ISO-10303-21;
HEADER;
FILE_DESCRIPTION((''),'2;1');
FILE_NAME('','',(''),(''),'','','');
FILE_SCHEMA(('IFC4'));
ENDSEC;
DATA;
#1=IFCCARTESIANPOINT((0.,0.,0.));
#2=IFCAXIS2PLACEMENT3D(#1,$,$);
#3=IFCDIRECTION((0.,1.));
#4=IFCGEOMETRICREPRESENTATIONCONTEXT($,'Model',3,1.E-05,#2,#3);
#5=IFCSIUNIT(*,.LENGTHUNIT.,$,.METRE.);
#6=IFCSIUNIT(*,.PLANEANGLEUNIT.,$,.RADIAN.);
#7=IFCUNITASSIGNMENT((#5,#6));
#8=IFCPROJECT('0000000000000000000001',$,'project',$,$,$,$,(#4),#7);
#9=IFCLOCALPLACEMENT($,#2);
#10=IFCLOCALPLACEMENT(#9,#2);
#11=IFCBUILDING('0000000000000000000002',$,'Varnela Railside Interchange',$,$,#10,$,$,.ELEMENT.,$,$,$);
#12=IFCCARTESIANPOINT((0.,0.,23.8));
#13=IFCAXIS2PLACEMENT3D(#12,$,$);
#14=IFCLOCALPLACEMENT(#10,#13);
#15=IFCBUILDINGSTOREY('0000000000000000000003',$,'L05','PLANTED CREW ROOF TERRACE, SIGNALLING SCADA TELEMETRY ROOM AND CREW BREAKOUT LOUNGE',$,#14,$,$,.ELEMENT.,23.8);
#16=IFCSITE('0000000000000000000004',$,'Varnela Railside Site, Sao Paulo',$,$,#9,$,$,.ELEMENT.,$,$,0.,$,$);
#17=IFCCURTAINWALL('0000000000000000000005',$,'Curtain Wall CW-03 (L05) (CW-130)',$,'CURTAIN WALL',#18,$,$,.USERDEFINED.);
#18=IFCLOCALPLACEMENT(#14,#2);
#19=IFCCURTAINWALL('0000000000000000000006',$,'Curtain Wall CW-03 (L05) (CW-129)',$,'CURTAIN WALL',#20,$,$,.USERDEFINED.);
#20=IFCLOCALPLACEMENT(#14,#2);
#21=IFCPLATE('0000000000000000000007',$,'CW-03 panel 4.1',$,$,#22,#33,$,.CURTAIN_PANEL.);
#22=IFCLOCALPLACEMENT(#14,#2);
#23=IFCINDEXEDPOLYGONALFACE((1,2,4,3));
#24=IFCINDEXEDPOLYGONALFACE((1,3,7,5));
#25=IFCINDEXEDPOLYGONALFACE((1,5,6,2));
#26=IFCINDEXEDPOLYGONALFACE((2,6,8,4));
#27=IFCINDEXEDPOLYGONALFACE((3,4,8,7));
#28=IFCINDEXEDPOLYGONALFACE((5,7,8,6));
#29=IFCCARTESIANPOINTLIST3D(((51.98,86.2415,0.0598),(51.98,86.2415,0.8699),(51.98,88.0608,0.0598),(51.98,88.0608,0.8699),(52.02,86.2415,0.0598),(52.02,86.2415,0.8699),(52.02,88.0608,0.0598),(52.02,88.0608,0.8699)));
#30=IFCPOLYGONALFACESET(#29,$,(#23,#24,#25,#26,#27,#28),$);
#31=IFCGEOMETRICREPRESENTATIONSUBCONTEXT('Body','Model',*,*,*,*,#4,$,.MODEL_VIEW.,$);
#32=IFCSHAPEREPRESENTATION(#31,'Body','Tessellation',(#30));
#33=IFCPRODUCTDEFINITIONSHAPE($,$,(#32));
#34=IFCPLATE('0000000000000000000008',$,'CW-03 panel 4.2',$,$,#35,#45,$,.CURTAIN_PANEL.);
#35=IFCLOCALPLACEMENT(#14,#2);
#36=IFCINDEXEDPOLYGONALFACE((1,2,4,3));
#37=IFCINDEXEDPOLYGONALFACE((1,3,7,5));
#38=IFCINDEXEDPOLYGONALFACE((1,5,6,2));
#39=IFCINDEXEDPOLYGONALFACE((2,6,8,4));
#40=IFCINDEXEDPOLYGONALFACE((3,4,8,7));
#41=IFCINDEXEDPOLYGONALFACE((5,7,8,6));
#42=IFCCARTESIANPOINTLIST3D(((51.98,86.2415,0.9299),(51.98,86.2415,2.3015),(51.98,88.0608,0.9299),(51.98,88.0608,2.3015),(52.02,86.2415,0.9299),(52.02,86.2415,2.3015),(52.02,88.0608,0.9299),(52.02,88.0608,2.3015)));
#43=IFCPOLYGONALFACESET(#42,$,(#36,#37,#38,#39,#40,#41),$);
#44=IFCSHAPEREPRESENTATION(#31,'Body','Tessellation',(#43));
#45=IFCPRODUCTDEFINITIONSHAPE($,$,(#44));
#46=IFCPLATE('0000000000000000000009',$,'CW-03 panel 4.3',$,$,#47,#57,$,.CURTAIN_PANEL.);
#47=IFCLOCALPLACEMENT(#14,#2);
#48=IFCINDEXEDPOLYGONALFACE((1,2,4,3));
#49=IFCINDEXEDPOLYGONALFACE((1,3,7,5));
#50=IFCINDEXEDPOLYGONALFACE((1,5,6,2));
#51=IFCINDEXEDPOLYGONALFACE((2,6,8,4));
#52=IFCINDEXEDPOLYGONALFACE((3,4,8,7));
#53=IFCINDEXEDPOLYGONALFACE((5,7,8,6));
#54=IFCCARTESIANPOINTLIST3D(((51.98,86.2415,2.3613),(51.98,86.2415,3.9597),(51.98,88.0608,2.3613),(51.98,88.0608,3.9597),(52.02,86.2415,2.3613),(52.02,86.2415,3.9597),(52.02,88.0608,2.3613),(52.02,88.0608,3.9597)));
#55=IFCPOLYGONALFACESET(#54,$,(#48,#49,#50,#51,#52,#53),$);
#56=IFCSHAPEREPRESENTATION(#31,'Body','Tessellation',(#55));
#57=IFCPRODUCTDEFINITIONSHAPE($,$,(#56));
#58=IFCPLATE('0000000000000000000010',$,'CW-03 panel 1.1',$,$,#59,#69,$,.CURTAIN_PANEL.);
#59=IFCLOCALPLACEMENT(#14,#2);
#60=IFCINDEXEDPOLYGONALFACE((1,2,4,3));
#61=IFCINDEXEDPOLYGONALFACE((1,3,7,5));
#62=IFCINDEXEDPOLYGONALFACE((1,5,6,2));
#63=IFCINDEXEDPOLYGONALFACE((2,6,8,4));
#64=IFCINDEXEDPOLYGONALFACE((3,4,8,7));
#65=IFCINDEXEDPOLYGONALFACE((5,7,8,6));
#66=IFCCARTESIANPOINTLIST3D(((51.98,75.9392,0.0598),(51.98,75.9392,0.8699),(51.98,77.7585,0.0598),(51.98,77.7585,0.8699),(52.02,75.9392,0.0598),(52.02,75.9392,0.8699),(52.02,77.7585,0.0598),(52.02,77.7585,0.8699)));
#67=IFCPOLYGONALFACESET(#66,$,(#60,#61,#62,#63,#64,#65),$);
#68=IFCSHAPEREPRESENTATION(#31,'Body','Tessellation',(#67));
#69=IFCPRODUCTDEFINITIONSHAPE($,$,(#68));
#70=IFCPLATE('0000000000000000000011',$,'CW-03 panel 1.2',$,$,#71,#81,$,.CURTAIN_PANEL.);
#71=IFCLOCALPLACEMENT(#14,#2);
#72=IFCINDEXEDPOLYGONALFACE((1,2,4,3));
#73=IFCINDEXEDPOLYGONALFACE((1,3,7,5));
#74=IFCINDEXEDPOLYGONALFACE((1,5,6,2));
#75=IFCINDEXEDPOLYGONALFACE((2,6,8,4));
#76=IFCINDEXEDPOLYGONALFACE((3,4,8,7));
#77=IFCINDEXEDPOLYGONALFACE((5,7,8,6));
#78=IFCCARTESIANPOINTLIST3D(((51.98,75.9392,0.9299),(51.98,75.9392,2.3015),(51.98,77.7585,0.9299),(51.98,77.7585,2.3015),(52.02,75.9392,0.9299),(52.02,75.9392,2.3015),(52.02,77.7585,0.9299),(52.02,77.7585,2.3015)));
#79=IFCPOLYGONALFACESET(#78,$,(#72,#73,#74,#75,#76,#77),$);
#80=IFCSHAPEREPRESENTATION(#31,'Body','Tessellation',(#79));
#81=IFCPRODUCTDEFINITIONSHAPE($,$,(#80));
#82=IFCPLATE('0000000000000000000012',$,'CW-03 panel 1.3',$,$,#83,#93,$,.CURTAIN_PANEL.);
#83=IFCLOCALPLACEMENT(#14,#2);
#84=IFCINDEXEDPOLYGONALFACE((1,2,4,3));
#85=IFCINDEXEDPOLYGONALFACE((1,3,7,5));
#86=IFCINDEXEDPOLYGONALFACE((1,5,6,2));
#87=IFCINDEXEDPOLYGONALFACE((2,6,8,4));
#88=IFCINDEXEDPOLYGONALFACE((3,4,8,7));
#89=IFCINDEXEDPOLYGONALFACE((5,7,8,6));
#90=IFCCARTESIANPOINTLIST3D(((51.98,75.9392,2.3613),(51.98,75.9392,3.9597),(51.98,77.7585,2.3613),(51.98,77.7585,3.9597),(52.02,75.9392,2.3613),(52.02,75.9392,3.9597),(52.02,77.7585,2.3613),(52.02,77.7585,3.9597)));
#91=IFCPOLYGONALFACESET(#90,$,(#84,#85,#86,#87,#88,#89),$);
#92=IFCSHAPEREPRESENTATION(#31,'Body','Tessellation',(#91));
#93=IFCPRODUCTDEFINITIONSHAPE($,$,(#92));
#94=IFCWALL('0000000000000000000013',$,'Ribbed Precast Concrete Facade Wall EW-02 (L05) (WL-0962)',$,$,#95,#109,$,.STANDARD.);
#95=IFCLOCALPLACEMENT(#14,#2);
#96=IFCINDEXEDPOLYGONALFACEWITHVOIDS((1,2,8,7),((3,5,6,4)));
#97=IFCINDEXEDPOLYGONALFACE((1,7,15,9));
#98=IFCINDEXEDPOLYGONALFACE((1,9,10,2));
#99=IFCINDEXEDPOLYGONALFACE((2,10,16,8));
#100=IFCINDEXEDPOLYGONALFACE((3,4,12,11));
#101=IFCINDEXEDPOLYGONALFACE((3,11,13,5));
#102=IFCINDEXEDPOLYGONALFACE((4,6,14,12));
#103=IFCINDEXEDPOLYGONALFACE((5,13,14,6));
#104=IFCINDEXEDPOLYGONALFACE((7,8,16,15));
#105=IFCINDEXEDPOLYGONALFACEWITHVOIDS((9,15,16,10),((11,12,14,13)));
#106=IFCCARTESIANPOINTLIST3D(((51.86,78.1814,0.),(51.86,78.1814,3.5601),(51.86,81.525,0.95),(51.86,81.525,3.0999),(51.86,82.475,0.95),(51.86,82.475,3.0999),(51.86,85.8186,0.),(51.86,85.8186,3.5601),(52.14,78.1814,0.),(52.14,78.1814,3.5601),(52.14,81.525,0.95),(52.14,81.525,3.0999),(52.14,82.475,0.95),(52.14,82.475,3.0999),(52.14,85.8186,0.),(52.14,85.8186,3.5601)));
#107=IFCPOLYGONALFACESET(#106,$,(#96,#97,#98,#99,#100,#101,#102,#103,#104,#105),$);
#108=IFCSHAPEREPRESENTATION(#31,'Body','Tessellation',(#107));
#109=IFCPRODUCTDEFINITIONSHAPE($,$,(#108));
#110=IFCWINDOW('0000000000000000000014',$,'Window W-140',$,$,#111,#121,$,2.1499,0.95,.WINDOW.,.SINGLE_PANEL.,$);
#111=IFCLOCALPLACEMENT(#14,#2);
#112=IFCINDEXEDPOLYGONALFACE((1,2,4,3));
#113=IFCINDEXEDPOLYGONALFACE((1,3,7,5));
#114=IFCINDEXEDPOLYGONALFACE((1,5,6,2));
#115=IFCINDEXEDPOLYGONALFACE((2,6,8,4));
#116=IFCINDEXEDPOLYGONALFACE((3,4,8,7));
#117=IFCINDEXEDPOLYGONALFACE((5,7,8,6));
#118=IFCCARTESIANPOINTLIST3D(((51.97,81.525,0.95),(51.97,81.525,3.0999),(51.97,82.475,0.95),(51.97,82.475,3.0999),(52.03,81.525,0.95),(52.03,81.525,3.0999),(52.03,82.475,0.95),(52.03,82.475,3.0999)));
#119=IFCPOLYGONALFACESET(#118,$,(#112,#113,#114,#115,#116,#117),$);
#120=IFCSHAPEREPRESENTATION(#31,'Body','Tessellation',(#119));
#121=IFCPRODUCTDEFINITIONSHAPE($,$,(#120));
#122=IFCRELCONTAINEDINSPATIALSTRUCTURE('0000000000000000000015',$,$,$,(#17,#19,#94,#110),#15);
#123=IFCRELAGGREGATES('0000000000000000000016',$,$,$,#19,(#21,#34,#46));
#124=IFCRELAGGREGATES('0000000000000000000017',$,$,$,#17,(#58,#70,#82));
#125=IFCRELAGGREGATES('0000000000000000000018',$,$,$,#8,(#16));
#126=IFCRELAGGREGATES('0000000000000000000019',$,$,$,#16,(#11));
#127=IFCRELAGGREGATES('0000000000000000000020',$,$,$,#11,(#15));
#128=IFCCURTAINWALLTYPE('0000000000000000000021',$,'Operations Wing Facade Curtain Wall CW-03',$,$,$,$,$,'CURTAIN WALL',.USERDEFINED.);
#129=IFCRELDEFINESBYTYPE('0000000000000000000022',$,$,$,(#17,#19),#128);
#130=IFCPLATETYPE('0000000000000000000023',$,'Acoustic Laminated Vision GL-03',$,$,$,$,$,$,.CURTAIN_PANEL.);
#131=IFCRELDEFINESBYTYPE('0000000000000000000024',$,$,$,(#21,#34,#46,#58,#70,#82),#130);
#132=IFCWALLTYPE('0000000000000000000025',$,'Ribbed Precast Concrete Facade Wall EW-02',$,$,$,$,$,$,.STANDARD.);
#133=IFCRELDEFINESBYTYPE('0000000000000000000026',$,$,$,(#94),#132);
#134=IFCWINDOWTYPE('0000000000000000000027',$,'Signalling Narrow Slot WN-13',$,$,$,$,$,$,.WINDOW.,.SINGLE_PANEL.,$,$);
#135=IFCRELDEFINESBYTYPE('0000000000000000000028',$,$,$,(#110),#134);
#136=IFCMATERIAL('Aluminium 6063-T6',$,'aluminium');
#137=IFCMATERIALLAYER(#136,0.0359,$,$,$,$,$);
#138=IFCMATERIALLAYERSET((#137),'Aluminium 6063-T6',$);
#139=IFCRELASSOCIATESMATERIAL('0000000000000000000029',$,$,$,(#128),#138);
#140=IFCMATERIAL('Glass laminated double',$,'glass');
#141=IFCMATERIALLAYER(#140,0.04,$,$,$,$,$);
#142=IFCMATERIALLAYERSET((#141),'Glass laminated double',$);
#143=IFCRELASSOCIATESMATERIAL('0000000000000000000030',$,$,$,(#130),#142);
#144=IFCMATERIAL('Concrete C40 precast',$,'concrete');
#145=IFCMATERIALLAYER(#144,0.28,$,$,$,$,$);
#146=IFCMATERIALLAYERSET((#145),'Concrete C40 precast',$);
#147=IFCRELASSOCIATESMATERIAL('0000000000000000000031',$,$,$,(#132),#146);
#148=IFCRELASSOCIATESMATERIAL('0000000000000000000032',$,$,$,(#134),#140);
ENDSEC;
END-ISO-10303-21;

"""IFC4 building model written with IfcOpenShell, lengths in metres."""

from ifc_helpers import new_model, si_unit, direction, frame, frame_2d, origin, origin_2d, place, context, subcontext, project, spatial, rectangle, extrude, material, layer, layer_set, type_object, element, fill, aggregate, save


model = new_model("IFC4")

# Units and contexts
model_context = context("Model", 3, precision=1e-05, world=origin(), true_north=direction((0.0, 1.0)))
body_context = subcontext(model_context, "Body", "Model", "MODEL_VIEW")
ifc_project = project(units=[si_unit("LENGTHUNIT", "METRE"), si_unit("PLANEANGLEUNIT", "RADIAN")], contexts=[model_context])

# Site, building, storey
site_placement = place(None, origin())
site = spatial("IfcSite", under=ifc_project, at=site_placement, Name="Varnela Railside Site, Sao Paulo", CompositionType="ELEMENT", RefElevation=0.0)
building_placement = place(site_placement, origin())
building = spatial("IfcBuilding", under=site, at=building_placement, Name="Varnela Railside Interchange", CompositionType="ELEMENT")
storey_placement = place(building_placement, frame((0.0, 0.0, 23.8)))
storey = spatial("IfcBuildingStorey", under=building, at=storey_placement, Name="L05", Description="PLANTED CREW ROOF TERRACE, SIGNALLING SCADA TELEMETRY ROOM AND CREW BREAKOUT LOUNGE", CompositionType="ELEMENT", Elevation=23.8)

# Curtain walls
ifc_material_1 = material(Name="Aluminium 6063-T6", Category="aluminium")
ifc_layer_1 = layer(ifc_material_1, 0.0359)
ifc_layer_set_1 = layer_set([ifc_layer_1], Name="Aluminium 6063-T6")
curtain_wall_type = type_object("IfcCurtainWallType", Name="Operations Wing Facade Curtain Wall CW-03", ElementType="CURTAIN WALL", PredefinedType="USERDEFINED", material=ifc_layer_set_1)
curtain_wall_1_placement = place(storey_placement, origin())
curtain_wall_1 = element("IfcCurtainWall", 1, at=curtain_wall_1_placement, inside=storey, type_object=curtain_wall_type, Name="Curtain Wall CW-03 (L05) (CW-130)", ObjectType="CURTAIN WALL", PredefinedType="USERDEFINED")
curtain_wall_2_placement = place(storey_placement, origin())
curtain_wall_2 = element("IfcCurtainWall", 2, at=curtain_wall_2_placement, inside=storey, type_object=curtain_wall_type, Name="Curtain Wall CW-03 (L05) (CW-129)", ObjectType="CURTAIN WALL", PredefinedType="USERDEFINED")

# Plates
ifc_material_2 = material(Name="Glass laminated double", Category="glass")
ifc_layer_2 = layer(ifc_material_2, 0.04)
ifc_layer_set_2 = layer_set([ifc_layer_2], Name="Glass laminated double")
plate_type = type_object("IfcPlateType", Name="Acoustic Laminated Vision GL-03", PredefinedType="CURTAIN_PANEL", material=ifc_layer_set_2)
plate_1_placement = place(storey_placement, frame((52.0, 87.1511, 0.0598), z_axis=(0.0, 0.0, 1.0), x_axis=(0.0, -1.0, 0.0)))
plate_1 = element("IfcPlate", 3, at=plate_1_placement, type_object=plate_type, Name="CW-03 panel 4.1", PredefinedType="CURTAIN_PANEL", context=body_context, shape_type="SweptSolid", body=[
    extrude(rectangle(XDim=1.8193, YDim=0.04, at=origin_2d()), origin(), (0.0, 0.0, 1.0), 0.8101),
])
plate_2_placement = place(storey_placement, frame((52.0, 87.1511, 0.9299), z_axis=(0.0, 0.0, 1.0), x_axis=(0.0, -1.0, 0.0)))
plate_2 = element("IfcPlate", 4, at=plate_2_placement, type_object=plate_type, Name="CW-03 panel 4.2", PredefinedType="CURTAIN_PANEL", context=body_context, shape_type="SweptSolid", body=[
    extrude(rectangle(XDim=1.8193, YDim=0.04, at=origin_2d()), origin(), (0.0, 0.0, 1.0), 1.3716),
])
plate_3_placement = place(storey_placement, frame((52.0, 87.1511, 2.3613), z_axis=(0.0, 0.0, 1.0), x_axis=(0.0, -1.0, 0.0)))
plate_3 = element("IfcPlate", 5, at=plate_3_placement, type_object=plate_type, Name="CW-03 panel 4.3", PredefinedType="CURTAIN_PANEL", context=body_context, shape_type="SweptSolid", body=[
    extrude(rectangle(XDim=1.8193, YDim=0.04, at=origin_2d()), origin(), (0.0, 0.0, 1.0), 1.5984),
])
aggregate(curtain_wall_2, [plate_1, plate_2, plate_3])
plate_4_placement = place(storey_placement, frame((52.0, 76.8489, 0.0598), z_axis=(0.0, 0.0, 1.0), x_axis=(0.0, -1.0, 0.0)))
plate_4 = element("IfcPlate", 6, at=plate_4_placement, type_object=plate_type, Name="CW-03 panel 1.1", PredefinedType="CURTAIN_PANEL", context=body_context, shape_type="SweptSolid", body=[
    extrude(rectangle(XDim=1.8193, YDim=0.04, at=origin_2d()), origin(), (0.0, 0.0, 1.0), 0.8101),
])
plate_5_placement = place(storey_placement, frame((52.0, 76.8489, 0.9299), z_axis=(0.0, 0.0, 1.0), x_axis=(0.0, -1.0, 0.0)))
plate_5 = element("IfcPlate", 7, at=plate_5_placement, type_object=plate_type, Name="CW-03 panel 1.2", PredefinedType="CURTAIN_PANEL", context=body_context, shape_type="SweptSolid", body=[
    extrude(rectangle(XDim=1.8193, YDim=0.04, at=origin_2d()), origin(), (0.0, 0.0, 1.0), 1.3716),
])
plate_6_placement = place(storey_placement, frame((52.0, 76.8489, 2.3613), z_axis=(0.0, 0.0, 1.0), x_axis=(0.0, -1.0, 0.0)))
plate_6 = element("IfcPlate", 8, at=plate_6_placement, type_object=plate_type, Name="CW-03 panel 1.3", PredefinedType="CURTAIN_PANEL", context=body_context, shape_type="SweptSolid", body=[
    extrude(rectangle(XDim=1.8193, YDim=0.04, at=origin_2d()), origin(), (0.0, 0.0, 1.0), 1.5984),
])
aggregate(curtain_wall_1, [plate_4, plate_5, plate_6])

# Wall, opening, window
ifc_material_3 = material(Name="Concrete C40 precast", Category="concrete")
ifc_layer_3 = layer(ifc_material_3, 0.28)
ifc_layer_set_3 = layer_set([ifc_layer_3], Name="Concrete C40 precast")
wall_type = type_object("IfcWallType", Name="Ribbed Precast Concrete Facade Wall EW-02", PredefinedType="STANDARD", material=ifc_layer_set_3)
wall_placement = place(storey_placement, frame((52.0, 85.8186, 0.0), z_axis=(0.0, 0.0, 1.0), x_axis=(0.0, -1.0, 0.0)))
wall = element("IfcWall", 9, at=wall_placement, inside=storey, type_object=wall_type, Name="Ribbed Precast Concrete Facade Wall EW-02 (L05) (WL-0962)", PredefinedType="STANDARD", context=body_context, shape_type="SweptSolid", body=[
    extrude(rectangle(XDim=7.6372, YDim=0.28, at=frame_2d((3.8186, 0.0))), origin(), (0.0, 0.0, 1.0), 3.5601),
])
opening_placement = place(wall_placement, frame((3.3435, 0.0, 0.95)))
opening = element("IfcOpeningElement", 10, at=opening_placement, cuts=wall, PredefinedType="OPENING", context=body_context, shape_type="SweptSolid", body=[
    extrude(rectangle(XDim=0.95, YDim=2.1499, at=frame_2d((0.4751, 1.075))), frame((0.0, 0.1499, 0.0), z_axis=(0.0, -1.0, 0.0), x_axis=(1.0, 0.0, 0.0)), (0.0, 0.0, 1.0), 0.3),
])
window_type = type_object("IfcWindowType", Name="Signalling Narrow Slot WN-13", PartitioningType="SINGLE_PANEL", PredefinedType="WINDOW", material=ifc_material_2)
window_placement = place(opening_placement, origin())
window = element("IfcWindow", 11, at=window_placement, inside=storey, type_object=window_type, Name="Window W-140", OverallHeight=2.1499, OverallWidth=0.95, PartitioningType="SINGLE_PANEL", PredefinedType="WINDOW", context=body_context, shape_type="SweptSolid", body=[
    extrude(rectangle(XDim=0.95, YDim=2.1499, at=frame_2d((0.4751, 1.075))), frame((0.0, 0.03, 0.0), z_axis=(0.0, -1.0, 0.0), x_axis=(1.0, 0.0, 0.0)), (0.0, 0.0, 1.0), 0.0601),
])
fill(opening, window)

save(model, "model.ifc")
